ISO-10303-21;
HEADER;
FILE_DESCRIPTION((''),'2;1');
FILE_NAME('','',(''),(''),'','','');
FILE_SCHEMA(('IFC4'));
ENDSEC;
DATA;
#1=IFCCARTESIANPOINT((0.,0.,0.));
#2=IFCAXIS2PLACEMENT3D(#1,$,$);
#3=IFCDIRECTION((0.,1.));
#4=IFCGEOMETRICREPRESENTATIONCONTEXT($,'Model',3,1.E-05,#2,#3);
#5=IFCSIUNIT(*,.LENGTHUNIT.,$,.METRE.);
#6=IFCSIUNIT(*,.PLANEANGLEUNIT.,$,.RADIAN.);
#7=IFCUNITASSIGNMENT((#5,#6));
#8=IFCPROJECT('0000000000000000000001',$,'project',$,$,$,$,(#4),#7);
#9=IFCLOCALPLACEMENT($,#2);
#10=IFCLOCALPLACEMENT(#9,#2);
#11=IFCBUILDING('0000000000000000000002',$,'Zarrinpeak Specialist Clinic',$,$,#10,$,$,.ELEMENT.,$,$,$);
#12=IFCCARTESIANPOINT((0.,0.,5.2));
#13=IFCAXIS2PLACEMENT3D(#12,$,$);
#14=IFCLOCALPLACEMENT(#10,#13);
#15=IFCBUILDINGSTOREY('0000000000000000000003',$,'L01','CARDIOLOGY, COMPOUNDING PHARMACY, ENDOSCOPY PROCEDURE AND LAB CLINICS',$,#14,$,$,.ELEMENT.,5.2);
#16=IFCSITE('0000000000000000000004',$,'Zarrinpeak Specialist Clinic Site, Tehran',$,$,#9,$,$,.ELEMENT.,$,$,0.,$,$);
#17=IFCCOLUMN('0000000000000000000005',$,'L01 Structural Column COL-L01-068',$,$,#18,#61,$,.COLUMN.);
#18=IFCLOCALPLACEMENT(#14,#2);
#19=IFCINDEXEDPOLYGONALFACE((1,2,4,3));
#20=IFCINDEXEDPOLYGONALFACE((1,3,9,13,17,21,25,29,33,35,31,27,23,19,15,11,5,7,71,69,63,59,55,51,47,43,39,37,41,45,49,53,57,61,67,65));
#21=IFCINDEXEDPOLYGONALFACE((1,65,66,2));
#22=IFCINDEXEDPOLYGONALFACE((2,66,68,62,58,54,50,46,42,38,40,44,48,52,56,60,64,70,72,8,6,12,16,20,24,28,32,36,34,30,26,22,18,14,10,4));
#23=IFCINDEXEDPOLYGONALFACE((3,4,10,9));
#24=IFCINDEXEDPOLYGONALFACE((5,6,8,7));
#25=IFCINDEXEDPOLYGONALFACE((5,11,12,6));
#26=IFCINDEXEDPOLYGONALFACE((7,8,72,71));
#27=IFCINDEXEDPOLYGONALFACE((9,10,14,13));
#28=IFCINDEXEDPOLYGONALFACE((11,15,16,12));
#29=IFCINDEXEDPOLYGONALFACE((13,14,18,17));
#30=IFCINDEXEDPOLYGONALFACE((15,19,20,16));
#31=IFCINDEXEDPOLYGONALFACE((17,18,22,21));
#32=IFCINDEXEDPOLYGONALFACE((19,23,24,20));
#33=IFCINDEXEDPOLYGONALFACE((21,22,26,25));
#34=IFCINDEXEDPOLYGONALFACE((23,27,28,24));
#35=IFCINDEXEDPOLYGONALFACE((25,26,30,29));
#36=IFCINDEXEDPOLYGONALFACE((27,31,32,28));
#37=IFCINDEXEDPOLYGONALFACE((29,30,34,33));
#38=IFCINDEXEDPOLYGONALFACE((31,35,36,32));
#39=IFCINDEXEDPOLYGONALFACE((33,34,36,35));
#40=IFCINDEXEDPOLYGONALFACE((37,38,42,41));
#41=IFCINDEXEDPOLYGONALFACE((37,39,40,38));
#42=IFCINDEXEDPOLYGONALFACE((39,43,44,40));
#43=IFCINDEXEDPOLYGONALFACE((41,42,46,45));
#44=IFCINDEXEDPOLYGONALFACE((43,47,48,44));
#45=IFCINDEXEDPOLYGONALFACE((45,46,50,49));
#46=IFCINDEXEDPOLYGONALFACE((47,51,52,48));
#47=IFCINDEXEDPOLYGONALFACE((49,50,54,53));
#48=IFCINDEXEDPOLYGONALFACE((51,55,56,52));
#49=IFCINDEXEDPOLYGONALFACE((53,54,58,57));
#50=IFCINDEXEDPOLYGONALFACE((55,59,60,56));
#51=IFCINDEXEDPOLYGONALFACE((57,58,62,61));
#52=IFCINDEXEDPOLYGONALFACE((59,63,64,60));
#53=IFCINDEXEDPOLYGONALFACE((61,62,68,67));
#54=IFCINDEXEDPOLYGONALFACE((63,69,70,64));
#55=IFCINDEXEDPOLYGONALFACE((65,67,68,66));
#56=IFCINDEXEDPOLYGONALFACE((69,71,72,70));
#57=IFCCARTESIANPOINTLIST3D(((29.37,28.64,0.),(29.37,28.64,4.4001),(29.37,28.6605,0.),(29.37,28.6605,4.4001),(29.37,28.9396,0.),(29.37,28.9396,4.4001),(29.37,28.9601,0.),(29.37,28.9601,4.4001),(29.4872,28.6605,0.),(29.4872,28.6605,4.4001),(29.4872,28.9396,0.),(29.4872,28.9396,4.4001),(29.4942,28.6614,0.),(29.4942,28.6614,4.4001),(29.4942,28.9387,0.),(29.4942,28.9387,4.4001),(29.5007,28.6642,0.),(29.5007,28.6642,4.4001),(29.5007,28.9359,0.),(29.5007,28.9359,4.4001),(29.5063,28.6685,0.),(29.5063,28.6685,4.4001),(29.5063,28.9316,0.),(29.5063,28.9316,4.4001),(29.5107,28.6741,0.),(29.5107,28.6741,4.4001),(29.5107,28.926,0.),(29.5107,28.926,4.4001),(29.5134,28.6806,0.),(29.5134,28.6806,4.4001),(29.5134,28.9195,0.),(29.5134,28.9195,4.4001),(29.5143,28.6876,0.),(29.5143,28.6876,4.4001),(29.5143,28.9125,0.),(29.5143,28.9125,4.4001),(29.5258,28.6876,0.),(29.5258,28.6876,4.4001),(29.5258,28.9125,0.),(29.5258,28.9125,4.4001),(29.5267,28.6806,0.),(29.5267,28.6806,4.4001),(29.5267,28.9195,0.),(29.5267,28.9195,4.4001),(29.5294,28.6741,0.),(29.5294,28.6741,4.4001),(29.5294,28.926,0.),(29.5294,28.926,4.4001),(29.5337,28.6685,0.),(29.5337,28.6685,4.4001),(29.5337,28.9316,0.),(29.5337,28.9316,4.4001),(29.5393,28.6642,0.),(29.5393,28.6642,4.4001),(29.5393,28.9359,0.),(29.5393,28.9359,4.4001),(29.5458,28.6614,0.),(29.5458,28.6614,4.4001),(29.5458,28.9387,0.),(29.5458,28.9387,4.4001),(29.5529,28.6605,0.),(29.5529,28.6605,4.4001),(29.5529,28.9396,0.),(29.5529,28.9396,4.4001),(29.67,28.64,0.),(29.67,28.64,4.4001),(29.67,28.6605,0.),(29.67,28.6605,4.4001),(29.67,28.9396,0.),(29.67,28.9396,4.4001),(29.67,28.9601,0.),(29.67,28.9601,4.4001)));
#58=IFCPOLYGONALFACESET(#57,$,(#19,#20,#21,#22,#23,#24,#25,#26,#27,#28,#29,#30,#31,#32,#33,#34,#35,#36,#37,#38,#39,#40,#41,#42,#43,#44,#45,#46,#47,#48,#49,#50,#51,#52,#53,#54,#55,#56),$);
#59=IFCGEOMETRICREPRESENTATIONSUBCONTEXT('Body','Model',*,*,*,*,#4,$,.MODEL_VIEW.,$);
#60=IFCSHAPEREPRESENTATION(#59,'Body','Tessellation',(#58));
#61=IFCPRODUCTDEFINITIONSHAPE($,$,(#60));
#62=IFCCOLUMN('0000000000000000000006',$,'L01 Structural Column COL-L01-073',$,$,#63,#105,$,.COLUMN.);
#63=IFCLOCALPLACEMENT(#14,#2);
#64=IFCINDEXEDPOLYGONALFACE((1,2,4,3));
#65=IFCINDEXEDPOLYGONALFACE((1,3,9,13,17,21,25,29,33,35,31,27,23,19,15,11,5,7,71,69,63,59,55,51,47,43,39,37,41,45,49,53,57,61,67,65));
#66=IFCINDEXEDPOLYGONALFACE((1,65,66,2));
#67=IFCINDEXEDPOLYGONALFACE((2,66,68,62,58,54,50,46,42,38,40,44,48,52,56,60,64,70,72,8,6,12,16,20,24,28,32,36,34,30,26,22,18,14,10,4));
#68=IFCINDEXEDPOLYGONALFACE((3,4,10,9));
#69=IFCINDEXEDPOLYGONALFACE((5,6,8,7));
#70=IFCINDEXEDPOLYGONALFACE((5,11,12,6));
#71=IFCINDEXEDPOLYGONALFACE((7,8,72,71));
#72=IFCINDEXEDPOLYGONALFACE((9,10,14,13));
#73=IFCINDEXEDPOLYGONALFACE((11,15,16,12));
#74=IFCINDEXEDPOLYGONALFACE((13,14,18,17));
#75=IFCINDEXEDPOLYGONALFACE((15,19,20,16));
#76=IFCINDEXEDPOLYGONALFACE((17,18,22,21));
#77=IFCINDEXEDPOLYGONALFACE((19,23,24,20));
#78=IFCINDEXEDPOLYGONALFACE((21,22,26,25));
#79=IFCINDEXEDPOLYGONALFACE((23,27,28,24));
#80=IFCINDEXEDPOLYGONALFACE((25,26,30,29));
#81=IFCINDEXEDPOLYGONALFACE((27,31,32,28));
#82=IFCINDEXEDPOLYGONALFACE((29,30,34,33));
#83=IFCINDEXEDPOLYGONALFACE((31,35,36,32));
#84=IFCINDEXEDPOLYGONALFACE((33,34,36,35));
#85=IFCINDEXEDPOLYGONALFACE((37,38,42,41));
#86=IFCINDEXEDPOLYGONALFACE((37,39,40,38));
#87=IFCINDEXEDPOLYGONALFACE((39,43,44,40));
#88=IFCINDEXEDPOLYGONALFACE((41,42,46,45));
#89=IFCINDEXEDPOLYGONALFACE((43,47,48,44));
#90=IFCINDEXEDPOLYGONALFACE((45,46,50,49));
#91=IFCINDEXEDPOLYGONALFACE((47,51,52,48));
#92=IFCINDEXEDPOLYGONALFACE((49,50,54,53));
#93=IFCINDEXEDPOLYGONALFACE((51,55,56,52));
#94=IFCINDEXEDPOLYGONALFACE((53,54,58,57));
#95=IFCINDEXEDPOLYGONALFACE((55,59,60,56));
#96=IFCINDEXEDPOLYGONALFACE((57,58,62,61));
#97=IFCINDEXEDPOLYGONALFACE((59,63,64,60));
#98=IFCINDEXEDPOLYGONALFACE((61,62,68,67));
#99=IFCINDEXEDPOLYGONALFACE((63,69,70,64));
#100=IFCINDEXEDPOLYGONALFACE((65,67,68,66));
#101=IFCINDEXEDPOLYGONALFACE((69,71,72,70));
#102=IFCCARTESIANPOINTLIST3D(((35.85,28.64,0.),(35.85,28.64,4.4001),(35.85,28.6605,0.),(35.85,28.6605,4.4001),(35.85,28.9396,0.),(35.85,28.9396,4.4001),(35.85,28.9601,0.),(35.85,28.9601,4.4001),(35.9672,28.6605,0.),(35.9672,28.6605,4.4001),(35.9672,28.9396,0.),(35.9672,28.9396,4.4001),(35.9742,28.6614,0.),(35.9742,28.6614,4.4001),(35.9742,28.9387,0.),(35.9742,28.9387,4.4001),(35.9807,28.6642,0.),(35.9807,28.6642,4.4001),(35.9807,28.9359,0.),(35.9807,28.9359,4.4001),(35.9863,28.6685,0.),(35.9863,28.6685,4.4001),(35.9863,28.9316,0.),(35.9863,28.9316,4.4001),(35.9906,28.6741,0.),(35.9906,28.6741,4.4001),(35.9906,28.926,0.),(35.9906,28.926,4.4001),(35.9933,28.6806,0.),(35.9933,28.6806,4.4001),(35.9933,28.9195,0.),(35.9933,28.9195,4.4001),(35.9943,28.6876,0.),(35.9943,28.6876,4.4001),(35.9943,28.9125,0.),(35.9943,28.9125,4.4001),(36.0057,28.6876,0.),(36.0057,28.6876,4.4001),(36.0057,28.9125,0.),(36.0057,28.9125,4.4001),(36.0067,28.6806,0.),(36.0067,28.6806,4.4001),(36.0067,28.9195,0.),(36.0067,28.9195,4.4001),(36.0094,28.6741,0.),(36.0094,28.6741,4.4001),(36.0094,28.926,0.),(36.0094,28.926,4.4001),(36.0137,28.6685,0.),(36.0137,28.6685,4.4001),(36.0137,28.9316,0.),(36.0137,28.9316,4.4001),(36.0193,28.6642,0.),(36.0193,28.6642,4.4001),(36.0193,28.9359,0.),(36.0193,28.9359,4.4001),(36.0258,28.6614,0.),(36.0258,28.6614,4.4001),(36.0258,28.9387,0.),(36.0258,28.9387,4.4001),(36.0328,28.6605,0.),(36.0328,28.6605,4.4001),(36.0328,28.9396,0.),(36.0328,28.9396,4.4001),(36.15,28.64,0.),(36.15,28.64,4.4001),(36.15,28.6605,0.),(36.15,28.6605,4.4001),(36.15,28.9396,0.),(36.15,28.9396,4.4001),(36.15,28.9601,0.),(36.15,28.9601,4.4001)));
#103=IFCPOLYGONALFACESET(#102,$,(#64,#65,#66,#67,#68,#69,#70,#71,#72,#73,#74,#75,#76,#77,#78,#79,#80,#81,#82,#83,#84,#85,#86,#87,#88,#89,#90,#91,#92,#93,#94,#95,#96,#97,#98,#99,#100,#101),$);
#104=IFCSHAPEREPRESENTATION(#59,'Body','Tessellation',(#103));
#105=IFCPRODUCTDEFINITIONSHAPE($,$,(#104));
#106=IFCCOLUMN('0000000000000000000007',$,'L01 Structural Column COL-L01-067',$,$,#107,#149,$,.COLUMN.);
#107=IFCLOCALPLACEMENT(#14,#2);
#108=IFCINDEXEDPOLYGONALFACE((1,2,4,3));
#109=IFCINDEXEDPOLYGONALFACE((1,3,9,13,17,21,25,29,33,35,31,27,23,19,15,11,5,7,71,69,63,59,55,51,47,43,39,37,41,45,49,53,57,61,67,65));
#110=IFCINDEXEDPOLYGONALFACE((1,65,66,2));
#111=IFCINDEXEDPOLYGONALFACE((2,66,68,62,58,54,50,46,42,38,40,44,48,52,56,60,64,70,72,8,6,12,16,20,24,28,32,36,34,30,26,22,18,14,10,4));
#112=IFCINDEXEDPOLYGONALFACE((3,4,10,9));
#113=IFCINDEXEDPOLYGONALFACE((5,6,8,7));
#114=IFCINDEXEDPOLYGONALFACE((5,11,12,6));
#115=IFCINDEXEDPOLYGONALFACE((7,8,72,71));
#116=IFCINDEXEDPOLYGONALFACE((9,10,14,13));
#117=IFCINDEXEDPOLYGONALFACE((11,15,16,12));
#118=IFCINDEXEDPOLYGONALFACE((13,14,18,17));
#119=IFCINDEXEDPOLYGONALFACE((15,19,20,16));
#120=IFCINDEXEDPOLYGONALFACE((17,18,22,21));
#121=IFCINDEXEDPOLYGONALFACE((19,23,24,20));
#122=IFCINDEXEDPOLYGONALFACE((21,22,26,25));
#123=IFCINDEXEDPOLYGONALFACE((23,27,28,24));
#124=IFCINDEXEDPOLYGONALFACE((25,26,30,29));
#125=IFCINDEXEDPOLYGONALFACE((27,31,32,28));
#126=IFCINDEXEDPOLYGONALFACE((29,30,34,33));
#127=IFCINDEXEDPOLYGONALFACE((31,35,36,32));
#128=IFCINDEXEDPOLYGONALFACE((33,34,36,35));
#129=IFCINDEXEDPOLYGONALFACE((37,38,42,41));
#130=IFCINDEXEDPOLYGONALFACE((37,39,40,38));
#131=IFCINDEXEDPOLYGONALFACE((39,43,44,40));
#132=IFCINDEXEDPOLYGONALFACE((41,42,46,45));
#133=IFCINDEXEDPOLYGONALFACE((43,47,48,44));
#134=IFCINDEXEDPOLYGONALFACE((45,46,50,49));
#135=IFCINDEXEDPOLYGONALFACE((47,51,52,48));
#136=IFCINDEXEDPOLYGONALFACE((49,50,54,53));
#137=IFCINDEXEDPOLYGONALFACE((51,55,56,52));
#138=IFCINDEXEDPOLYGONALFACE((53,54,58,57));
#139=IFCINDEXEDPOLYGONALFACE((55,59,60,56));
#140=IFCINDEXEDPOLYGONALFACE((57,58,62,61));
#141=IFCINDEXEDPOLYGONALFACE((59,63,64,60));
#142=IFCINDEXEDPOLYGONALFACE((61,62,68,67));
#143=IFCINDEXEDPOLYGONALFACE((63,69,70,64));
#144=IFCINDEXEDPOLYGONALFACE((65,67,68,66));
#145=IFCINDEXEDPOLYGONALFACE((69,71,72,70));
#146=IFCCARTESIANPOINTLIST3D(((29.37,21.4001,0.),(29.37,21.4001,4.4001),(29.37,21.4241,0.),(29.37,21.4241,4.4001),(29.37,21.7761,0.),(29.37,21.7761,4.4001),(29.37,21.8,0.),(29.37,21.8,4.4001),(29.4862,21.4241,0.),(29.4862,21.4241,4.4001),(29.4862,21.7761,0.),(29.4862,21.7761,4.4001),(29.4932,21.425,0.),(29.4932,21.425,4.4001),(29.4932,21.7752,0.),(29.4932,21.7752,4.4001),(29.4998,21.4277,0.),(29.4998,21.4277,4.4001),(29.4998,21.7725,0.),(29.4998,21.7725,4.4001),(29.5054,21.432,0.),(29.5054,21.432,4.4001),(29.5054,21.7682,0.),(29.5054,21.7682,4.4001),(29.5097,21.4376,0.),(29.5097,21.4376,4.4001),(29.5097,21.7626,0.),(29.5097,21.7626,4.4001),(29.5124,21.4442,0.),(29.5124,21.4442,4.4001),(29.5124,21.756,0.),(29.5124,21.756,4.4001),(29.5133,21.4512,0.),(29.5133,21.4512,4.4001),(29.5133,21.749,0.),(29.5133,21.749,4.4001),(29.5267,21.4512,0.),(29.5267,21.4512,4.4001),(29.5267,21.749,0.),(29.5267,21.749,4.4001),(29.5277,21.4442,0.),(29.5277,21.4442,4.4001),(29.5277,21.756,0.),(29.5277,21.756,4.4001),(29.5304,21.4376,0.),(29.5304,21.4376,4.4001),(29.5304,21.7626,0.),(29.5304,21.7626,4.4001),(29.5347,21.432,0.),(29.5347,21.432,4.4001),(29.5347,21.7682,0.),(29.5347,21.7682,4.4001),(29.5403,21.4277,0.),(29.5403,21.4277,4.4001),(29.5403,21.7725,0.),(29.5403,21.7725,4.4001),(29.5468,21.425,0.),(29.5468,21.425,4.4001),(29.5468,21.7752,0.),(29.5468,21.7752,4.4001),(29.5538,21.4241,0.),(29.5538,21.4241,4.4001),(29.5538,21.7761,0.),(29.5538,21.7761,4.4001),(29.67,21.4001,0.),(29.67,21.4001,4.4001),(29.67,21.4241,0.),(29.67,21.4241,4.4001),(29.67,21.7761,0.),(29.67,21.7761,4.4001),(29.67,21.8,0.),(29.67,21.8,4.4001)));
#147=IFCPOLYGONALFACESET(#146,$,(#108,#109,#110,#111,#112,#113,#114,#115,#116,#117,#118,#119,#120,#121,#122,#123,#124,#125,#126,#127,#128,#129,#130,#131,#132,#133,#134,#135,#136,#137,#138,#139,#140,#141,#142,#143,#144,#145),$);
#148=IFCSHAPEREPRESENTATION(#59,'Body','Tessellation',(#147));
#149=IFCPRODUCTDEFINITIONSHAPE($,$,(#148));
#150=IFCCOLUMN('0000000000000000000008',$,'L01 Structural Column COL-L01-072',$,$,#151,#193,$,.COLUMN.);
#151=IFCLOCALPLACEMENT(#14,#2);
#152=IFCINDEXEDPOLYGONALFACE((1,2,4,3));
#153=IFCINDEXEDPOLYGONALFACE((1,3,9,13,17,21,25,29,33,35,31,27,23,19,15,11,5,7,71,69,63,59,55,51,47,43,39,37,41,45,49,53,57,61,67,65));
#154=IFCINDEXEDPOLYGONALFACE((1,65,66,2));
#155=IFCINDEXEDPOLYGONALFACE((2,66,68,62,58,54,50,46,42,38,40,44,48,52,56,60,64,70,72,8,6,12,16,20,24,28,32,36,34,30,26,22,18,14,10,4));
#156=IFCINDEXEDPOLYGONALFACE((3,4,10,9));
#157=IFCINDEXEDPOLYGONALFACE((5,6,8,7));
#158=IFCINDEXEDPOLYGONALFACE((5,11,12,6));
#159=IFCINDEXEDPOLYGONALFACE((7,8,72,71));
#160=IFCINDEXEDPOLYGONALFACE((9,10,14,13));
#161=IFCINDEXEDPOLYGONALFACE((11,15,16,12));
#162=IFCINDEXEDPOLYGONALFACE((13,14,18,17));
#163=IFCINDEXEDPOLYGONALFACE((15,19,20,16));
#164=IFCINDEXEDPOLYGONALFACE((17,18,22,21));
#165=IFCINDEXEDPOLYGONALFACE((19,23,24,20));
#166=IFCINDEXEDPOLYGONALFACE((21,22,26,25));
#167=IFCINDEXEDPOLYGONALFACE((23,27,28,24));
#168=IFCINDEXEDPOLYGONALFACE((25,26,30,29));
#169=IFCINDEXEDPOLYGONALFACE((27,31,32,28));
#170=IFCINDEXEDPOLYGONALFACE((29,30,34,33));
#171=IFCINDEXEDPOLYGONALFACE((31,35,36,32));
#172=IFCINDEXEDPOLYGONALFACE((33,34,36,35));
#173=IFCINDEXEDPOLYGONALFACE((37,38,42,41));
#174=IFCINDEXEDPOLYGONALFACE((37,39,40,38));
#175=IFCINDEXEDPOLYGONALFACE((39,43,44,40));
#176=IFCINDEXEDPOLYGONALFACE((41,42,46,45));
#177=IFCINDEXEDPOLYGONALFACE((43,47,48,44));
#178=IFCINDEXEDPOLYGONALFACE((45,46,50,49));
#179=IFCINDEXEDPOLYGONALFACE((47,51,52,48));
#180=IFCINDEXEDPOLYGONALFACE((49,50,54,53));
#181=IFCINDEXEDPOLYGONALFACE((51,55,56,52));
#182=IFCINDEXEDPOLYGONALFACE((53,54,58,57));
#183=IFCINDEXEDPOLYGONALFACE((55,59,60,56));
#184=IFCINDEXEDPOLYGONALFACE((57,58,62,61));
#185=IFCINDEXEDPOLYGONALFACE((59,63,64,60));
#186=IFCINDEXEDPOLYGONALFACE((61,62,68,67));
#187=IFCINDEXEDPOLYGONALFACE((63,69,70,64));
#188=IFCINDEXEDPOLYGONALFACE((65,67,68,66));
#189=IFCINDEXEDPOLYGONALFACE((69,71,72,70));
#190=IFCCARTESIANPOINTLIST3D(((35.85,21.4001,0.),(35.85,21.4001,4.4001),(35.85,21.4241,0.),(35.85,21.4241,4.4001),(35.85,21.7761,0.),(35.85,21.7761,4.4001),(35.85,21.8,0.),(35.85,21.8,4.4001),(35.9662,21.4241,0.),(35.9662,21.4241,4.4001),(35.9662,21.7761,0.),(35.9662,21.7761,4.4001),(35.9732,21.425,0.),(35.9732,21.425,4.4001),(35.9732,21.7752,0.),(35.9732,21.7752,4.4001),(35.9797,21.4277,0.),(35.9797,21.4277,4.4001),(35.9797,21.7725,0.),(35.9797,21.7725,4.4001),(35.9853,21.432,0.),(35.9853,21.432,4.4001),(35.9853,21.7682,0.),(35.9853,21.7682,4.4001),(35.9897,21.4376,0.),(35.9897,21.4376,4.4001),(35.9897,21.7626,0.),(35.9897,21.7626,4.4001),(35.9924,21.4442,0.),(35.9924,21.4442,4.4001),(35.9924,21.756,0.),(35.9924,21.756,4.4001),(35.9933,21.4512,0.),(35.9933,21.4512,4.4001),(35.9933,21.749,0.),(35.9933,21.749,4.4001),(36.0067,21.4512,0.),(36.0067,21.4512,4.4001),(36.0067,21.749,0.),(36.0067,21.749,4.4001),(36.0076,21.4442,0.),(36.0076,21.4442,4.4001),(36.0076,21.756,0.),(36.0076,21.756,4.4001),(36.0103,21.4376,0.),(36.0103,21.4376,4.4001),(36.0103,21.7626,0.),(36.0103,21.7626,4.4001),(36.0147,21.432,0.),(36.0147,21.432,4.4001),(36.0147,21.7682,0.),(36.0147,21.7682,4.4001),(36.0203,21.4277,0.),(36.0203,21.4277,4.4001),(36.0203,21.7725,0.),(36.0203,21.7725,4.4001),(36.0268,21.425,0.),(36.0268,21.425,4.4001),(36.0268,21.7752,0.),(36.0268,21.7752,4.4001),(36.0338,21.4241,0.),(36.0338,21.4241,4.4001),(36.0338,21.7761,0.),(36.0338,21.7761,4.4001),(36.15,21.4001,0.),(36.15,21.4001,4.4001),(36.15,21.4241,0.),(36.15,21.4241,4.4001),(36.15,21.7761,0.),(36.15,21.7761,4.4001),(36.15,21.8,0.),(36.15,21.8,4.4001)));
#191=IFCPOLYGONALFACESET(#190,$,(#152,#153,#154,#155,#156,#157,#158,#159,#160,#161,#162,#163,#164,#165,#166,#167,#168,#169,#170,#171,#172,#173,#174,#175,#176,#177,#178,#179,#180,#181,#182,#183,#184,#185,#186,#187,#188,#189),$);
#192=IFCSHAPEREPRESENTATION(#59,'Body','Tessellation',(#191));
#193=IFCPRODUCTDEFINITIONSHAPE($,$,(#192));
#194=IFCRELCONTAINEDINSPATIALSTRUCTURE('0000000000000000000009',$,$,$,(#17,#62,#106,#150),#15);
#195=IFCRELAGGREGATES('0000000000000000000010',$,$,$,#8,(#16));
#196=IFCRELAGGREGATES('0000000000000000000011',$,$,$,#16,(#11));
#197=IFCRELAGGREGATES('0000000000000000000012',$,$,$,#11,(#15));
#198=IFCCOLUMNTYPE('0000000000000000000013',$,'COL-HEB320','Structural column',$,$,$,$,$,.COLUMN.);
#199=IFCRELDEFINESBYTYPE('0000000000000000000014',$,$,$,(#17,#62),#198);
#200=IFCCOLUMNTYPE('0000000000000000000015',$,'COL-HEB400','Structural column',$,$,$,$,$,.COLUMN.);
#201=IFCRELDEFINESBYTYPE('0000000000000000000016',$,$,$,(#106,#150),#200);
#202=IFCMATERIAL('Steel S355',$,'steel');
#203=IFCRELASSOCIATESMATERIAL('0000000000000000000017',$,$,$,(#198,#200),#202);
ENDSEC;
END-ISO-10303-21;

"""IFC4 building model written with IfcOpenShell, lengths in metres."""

from ifc_helpers import new_model, si_unit, direction, frame, origin, origin_2d, place, context, subcontext, project, spatial, i_section, extrude, material, material_profile, profile_set, type_object, element, save


model = new_model("IFC4")

# Units and contexts
model_context = context("Model", 3, precision=1e-05, world=origin(), true_north=direction((0.0, 1.0)))
body_context = subcontext(model_context, "Body", "Model", "MODEL_VIEW")
ifc_project = project(units=[si_unit("LENGTHUNIT", "METRE"), si_unit("PLANEANGLEUNIT", "RADIAN")], contexts=[model_context])

# Site, building, storey
site_placement = place(None, origin())
site = spatial("IfcSite", under=ifc_project, at=site_placement, Name="Zarrinpeak Specialist Clinic Site, Tehran", CompositionType="ELEMENT", RefElevation=0.0)
building_placement = place(site_placement, origin())
building = spatial("IfcBuilding", under=site, at=building_placement, Name="Zarrinpeak Specialist Clinic", CompositionType="ELEMENT")
storey_placement = place(building_placement, frame((0.0, 0.0, 5.2)))
storey = spatial("IfcBuildingStorey", under=building, at=storey_placement, Name="L01", Description="CARDIOLOGY, COMPOUNDING PHARMACY, ENDOSCOPY PROCEDURE AND LAB CLINICS", CompositionType="ELEMENT", Elevation=5.2)

# Columns
ifc_material_1 = material(Name="Steel S355", Category="steel")
ifc_material_profile_1 = material_profile(ifc_material_1, i_section(OverallWidth=0.3, OverallDepth=0.3201, WebThickness=0.0115, FlangeThickness=0.0205, FilletRadius=0.0271, at=origin_2d()), Name="HEB 320")
ifc_profile_set_1 = profile_set([ifc_material_profile_1], Name="Steel S355")
column_type_1 = type_object("IfcColumnType", Name="COL-HEB320", Description="Structural column", PredefinedType="COLUMN", material=ifc_profile_set_1)
for number, where, z_axis, x_axis, name in (
    (1, (29.52, 28.8, 0.0), (0.0, 0.0, 1.0), (1.0, 0.0, 0.0), "L01 Structural Column COL-L01-068"),
    (2, (36.0, 28.8, 0.0), (0.0, 0.0, 1.0), (1.0, 0.0, 0.0), "L01 Structural Column COL-L01-073"),
):
    element("IfcColumn", number, at=place(storey_placement, frame(where, z_axis=z_axis, x_axis=x_axis)), inside=storey, type_object=column_type_1, Name=name, PredefinedType="COLUMN", context=body_context, shape_type="SweptSolid", body=[
        extrude(i_section(OverallWidth=0.3, OverallDepth=0.3201, WebThickness=0.0115, FlangeThickness=0.0205, FilletRadius=0.0271, at=origin_2d()), origin(), (0.0, 0.0, 1.0), 4.4001),
    ])
ifc_material_profile_2 = material_profile(ifc_material_1, i_section(OverallWidth=0.3, OverallDepth=0.3999, WebThickness=0.0134, FlangeThickness=0.0239, FilletRadius=0.0271, at=origin_2d()), Name="HEB 400")
ifc_profile_set_2 = profile_set([ifc_material_profile_2], Name="Steel S355")
column_type_2 = type_object("IfcColumnType", Name="COL-HEB400", Description="Structural column", PredefinedType="COLUMN", material=ifc_profile_set_2)
for number, where, z_axis, x_axis, name in (
    (3, (29.52, 21.6001, 0.0), (0.0, 0.0, 1.0), (1.0, 0.0, 0.0), "L01 Structural Column COL-L01-067"),
    (4, (36.0, 21.6001, 0.0), (0.0, 0.0, 1.0), (1.0, 0.0, 0.0), "L01 Structural Column COL-L01-072"),
):
    element("IfcColumn", number, at=place(storey_placement, frame(where, z_axis=z_axis, x_axis=x_axis)), inside=storey, type_object=column_type_2, Name=name, PredefinedType="COLUMN", context=body_context, shape_type="SweptSolid", body=[
        extrude(i_section(OverallWidth=0.3, OverallDepth=0.3999, WebThickness=0.0134, FlangeThickness=0.0239, FilletRadius=0.0271, at=origin_2d()), origin(), (0.0, 0.0, 1.0), 4.4001),
    ])

save(model, "model.ifc")
